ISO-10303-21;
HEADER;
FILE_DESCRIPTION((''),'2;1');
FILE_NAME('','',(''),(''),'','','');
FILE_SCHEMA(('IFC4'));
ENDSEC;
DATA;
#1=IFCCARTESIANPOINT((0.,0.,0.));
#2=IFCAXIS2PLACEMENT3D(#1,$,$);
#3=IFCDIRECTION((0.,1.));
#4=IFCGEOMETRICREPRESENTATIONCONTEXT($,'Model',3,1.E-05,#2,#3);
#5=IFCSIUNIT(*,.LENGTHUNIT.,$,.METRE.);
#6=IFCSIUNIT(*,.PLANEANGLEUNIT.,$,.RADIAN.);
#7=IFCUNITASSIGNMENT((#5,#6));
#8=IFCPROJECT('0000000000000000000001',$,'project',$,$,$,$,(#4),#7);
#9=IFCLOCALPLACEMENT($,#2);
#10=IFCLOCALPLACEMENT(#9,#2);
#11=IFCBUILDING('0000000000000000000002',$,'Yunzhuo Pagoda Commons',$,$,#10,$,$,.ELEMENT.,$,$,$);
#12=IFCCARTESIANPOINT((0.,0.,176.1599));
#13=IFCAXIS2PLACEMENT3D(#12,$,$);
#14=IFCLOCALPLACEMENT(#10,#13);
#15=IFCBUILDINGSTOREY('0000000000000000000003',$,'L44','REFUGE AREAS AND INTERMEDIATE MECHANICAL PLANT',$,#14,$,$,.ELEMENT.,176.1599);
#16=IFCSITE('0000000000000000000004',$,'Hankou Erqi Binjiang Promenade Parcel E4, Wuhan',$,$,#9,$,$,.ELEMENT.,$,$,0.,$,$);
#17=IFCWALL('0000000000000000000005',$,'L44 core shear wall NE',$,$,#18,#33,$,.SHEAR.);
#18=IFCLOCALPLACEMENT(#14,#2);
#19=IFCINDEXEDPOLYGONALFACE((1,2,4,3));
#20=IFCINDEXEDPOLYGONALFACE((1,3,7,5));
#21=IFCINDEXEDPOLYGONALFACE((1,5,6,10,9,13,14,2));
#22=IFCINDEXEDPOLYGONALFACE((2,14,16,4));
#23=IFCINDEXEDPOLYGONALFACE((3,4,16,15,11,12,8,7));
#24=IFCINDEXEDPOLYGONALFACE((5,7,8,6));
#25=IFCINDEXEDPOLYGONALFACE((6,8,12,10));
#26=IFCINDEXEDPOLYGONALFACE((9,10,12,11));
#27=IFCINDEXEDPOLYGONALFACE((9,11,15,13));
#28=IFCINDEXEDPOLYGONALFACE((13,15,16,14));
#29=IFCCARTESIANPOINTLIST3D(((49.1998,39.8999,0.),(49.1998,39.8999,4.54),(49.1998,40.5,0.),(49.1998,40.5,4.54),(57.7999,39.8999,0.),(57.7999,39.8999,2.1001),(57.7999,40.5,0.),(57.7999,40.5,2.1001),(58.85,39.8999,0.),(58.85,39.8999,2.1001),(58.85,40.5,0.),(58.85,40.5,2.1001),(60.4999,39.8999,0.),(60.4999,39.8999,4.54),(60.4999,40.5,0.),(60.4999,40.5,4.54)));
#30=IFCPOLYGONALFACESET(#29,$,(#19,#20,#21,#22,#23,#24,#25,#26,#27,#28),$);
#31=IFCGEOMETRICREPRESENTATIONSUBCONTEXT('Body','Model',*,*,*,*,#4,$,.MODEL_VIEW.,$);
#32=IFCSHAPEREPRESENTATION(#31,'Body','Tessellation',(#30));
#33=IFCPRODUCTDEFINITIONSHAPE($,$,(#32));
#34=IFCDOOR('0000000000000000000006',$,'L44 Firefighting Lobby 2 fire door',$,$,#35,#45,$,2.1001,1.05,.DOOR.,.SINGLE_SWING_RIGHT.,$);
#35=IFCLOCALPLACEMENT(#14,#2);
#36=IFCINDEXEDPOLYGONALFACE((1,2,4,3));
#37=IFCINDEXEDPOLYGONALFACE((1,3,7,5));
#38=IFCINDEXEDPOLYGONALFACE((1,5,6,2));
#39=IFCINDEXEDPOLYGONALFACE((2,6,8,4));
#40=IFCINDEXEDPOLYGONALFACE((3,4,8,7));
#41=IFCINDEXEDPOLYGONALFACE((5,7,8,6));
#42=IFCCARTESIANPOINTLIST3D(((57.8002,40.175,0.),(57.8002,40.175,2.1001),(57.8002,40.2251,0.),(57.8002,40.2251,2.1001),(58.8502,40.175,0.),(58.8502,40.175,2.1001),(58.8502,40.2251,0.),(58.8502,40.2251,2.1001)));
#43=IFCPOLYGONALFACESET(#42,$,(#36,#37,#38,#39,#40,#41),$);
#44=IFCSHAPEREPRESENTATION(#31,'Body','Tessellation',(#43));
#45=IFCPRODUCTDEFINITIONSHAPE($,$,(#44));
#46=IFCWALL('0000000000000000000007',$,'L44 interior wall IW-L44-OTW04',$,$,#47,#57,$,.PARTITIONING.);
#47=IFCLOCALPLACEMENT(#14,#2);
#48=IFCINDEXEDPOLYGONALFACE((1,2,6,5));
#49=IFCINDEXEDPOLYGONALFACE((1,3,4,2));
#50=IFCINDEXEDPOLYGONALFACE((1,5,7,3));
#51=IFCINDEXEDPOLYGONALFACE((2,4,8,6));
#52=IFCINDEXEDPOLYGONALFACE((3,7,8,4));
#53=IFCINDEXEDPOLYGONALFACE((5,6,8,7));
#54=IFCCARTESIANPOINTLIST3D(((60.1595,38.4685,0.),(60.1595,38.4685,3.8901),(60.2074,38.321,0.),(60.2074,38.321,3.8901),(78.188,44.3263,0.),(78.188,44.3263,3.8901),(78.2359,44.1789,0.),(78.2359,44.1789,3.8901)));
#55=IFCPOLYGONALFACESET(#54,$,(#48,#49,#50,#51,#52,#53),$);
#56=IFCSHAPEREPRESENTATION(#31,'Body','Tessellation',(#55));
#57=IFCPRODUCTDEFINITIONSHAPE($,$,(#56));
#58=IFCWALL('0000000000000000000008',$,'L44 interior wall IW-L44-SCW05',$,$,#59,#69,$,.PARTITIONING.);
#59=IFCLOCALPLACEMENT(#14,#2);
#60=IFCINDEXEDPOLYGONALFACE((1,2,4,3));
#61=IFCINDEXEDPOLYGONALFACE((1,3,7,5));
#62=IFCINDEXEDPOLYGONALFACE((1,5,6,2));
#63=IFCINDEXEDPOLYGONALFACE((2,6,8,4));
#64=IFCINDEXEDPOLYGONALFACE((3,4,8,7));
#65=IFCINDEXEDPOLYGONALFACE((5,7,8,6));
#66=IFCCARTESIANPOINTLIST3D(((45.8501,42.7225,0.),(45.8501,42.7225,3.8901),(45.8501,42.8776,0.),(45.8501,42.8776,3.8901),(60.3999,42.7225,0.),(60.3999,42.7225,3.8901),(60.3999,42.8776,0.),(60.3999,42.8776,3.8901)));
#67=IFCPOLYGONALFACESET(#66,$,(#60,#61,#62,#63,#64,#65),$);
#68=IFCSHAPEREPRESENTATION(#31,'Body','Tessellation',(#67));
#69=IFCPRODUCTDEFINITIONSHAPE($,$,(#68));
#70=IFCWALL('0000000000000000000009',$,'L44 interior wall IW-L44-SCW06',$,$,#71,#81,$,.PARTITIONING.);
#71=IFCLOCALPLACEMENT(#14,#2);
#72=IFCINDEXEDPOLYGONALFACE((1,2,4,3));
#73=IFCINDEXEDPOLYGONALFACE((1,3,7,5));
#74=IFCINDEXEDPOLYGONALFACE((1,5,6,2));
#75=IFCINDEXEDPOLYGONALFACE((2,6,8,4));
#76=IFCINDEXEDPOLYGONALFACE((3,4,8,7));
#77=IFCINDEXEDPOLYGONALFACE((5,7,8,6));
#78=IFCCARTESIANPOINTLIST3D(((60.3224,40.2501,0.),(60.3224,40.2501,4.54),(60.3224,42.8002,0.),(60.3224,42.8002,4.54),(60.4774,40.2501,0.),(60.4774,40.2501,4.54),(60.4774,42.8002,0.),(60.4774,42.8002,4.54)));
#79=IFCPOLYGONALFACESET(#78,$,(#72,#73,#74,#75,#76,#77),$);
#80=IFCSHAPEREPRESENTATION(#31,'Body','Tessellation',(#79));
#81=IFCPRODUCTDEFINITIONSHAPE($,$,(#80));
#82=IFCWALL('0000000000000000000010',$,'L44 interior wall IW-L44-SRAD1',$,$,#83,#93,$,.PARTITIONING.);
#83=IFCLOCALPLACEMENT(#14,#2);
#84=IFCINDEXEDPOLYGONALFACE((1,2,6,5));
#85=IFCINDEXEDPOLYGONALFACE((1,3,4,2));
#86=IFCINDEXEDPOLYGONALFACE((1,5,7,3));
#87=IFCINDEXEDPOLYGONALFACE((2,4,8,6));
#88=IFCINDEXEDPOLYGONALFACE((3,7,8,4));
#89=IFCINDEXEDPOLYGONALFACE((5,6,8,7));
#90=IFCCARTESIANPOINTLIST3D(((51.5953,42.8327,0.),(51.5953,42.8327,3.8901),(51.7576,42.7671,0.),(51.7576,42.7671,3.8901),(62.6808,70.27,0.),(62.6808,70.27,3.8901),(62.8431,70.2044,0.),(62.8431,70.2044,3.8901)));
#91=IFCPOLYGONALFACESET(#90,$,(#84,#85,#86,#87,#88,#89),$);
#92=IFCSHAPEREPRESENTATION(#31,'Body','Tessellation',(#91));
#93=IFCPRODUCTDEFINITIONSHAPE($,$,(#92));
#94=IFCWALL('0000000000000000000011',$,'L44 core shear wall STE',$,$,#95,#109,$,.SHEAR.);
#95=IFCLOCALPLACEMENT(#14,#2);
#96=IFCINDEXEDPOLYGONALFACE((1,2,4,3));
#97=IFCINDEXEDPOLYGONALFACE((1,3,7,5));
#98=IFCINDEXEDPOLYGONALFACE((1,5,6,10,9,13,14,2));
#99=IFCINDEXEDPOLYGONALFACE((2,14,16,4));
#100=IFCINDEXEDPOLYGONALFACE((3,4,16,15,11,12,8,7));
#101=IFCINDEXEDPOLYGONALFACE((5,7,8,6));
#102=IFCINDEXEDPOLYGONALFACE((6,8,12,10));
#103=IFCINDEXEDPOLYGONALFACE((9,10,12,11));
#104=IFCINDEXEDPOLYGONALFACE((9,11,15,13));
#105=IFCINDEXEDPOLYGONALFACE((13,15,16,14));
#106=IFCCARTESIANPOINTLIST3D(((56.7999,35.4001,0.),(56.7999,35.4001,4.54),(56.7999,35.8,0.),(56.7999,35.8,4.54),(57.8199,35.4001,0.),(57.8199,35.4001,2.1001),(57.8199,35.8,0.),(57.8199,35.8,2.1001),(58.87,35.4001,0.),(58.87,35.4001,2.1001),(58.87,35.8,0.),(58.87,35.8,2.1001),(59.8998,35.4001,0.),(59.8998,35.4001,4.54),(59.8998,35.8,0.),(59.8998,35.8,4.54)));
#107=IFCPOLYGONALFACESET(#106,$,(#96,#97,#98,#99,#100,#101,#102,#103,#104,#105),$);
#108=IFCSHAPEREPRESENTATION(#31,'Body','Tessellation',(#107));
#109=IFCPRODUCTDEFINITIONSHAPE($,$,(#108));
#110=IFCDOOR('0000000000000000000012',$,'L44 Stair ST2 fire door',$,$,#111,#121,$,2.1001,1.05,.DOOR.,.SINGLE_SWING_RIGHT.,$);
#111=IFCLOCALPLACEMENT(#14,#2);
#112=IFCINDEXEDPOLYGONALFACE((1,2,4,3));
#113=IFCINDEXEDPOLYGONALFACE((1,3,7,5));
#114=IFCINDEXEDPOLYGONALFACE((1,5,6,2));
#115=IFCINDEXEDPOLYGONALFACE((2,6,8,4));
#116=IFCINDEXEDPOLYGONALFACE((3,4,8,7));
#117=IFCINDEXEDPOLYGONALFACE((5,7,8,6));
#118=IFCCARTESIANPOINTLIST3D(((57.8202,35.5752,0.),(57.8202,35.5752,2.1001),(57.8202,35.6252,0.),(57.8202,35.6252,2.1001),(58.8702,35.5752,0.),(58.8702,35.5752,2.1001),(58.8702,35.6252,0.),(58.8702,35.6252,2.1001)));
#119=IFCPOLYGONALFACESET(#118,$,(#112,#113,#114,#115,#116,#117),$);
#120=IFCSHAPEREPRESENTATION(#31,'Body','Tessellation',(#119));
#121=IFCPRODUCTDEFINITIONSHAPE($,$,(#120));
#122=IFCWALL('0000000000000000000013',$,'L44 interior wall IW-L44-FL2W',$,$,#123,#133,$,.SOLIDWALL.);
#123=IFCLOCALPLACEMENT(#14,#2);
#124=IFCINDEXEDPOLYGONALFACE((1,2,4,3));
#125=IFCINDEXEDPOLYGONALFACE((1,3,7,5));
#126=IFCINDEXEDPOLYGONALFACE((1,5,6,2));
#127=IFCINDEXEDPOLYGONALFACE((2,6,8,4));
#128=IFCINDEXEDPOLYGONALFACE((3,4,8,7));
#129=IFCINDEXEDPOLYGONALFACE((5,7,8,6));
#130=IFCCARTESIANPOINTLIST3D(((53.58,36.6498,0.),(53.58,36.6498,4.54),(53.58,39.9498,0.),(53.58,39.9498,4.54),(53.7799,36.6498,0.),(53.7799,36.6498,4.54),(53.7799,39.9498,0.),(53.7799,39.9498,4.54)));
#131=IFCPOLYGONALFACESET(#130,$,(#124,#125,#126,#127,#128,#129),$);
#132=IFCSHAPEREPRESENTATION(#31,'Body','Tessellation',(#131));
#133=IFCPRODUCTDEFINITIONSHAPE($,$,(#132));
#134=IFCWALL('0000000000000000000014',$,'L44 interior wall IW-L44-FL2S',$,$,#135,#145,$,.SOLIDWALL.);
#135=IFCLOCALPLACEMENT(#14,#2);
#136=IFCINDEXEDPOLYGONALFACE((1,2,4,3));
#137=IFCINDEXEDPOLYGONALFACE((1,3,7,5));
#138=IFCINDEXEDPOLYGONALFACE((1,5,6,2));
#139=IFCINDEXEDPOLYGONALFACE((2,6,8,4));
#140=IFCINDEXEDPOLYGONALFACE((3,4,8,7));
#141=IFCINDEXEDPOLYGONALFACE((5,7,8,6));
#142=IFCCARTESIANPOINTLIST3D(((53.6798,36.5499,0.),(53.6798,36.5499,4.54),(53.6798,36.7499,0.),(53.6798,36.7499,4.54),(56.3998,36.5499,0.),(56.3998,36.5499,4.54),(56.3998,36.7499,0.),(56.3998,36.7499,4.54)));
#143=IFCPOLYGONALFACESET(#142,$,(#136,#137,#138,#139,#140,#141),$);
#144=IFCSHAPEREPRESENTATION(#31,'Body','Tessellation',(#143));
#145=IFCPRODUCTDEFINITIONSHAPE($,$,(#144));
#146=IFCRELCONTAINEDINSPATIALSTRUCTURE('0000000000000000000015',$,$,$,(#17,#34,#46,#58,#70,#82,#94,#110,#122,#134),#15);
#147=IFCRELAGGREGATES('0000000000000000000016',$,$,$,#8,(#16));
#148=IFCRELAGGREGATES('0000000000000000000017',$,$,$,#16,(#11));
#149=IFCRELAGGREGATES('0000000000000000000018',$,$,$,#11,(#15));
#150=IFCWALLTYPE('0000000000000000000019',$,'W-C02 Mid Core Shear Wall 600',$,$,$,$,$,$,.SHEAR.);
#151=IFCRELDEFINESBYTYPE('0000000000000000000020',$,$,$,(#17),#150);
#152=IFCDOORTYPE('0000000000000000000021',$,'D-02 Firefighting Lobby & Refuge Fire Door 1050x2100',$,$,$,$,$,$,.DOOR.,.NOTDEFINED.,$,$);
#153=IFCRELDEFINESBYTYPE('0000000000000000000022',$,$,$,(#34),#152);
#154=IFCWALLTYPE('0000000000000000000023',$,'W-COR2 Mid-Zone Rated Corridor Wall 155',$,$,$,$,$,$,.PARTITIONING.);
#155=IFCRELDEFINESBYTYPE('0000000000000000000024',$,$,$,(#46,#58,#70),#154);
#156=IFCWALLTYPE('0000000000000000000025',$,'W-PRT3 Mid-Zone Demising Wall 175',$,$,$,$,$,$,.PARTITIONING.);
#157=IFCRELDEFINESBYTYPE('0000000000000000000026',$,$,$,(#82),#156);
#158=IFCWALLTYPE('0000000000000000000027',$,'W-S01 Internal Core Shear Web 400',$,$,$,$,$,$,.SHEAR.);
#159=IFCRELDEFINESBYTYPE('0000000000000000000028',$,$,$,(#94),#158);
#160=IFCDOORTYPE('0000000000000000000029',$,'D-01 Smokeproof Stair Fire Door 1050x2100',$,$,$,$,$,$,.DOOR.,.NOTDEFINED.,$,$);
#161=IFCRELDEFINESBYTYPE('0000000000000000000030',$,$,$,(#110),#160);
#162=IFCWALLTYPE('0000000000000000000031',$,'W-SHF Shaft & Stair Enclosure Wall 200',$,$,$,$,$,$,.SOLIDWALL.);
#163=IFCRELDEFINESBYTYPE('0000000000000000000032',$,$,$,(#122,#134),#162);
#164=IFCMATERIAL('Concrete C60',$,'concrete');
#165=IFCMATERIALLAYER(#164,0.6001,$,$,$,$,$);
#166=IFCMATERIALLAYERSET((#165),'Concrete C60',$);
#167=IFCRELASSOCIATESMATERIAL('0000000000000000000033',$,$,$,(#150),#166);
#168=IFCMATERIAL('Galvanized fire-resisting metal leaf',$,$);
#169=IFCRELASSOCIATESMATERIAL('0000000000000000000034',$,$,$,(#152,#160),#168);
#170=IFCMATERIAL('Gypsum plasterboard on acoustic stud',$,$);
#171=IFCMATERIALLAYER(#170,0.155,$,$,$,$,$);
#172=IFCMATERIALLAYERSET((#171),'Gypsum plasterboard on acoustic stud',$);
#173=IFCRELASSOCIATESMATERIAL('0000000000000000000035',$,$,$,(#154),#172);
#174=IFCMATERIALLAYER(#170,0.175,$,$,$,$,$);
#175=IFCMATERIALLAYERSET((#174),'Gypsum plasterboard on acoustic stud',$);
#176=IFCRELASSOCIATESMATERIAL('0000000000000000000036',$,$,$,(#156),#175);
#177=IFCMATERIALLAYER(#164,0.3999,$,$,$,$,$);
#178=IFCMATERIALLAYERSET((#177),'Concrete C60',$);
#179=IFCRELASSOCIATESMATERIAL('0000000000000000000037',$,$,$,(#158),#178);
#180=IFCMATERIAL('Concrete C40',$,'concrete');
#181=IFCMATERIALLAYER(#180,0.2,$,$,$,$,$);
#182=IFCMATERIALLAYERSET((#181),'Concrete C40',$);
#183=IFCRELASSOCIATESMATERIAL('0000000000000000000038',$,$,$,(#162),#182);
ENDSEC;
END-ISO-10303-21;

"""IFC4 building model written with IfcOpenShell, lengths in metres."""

from ifc_helpers import new_model, si_unit, direction, frame, frame_2d, origin, place, context, subcontext, project, spatial, rectangle, extrude, source, transform, mapped, material, layer, layer_set, type_object, element, fill, save


model = new_model("IFC4")

# Units and contexts
model_context = context("Model", 3, precision=1e-05, world=origin(), true_north=direction((0.0, 1.0)))
body_context = subcontext(model_context, "Body", "Model", "MODEL_VIEW")
ifc_project = project(units=[si_unit("LENGTHUNIT", "METRE"), si_unit("PLANEANGLEUNIT", "RADIAN")], contexts=[model_context])

# Site, building, storey
site_placement = place(None, origin())
site = spatial("IfcSite", under=ifc_project, at=site_placement, Name="Hankou Erqi Binjiang Promenade Parcel E4, Wuhan", CompositionType="ELEMENT", RefElevation=0.0)
building_placement = place(site_placement, origin())
building = spatial("IfcBuilding", under=site, at=building_placement, Name="Yunzhuo Pagoda Commons", CompositionType="ELEMENT")
storey_placement = place(building_placement, frame((0.0, 0.0, 176.1599)))
storey = spatial("IfcBuildingStorey", under=building, at=storey_placement, Name="L44", Description="REFUGE AREAS AND INTERMEDIATE MECHANICAL PLANT", CompositionType="ELEMENT", Elevation=176.1599)

# Wall, opening, door
ifc_material_1 = material(Name="Concrete C60", Category="concrete")
ifc_layer_1 = layer(ifc_material_1, 0.6001)
ifc_layer_set_1 = layer_set([ifc_layer_1], Name="Concrete C60")
wall_type_1 = type_object("IfcWallType", Name="W-C02 Mid Core Shear Wall 600", PredefinedType="SHEAR", material=ifc_layer_set_1)
wall_1_placement = place(storey_placement, frame((49.2, 40.2, 0.0), z_axis=(0.0, 0.0, 1.0), x_axis=(1.0, 0.0, 0.0)))
wall_1 = element("IfcWall", 1, at=wall_1_placement, inside=storey, type_object=wall_type_1, Name="L44 core shear wall NE", PredefinedType="SHEAR", context=body_context, shape_type="SweptSolid", body=[
    extrude(rectangle(XDim=11.3, YDim=0.6001, at=frame_2d((5.6499, 0.0))), origin(), (0.0, 0.0, 1.0), 4.54),
])
opening_1_placement = place(wall_1_placement, frame((8.6001, 0.0, 0.0)))
opening_1 = element("IfcOpeningElement", 2, at=opening_1_placement, cuts=wall_1, PredefinedType="OPENING", context=body_context, shape_type="SweptSolid", body=[
    extrude(rectangle(XDim=1.05, YDim=2.1001, at=frame_2d((0.5249, 1.05))), frame((0.0, 0.3101, 0.0), z_axis=(0.0, -1.0, 0.0), x_axis=(1.0, 0.0, 0.0)), (0.0, 0.0, 1.0), 0.6201),
])
ifc_material_2 = material(Name="Galvanized fire-resisting metal leaf")
door_type_1 = type_object("IfcDoorType", Name="D-02 Firefighting Lobby & Refuge Fire Door 1050x2100", OperationType="NOTDEFINED", PredefinedType="DOOR", material=ifc_material_2)
shared_shape_1 = source(origin(), body_context, "Body", "SweptSolid", [
    extrude(rectangle(XDim=1.05, YDim=2.1001, at=frame_2d((0.5249, 1.05))), frame((0.0, 0.0249, 0.0), z_axis=(0.0, -1.0, 0.0), x_axis=(1.0, 0.0, 0.0)), (0.0, 0.0, 1.0), 0.05),
])
door_1_placement = place(opening_1_placement, frame((1.05, 0.0, 0.0), z_axis=(0.0, 0.0, 1.0), x_axis=(-1.0, 0.0, 0.0)))
door_1 = element("IfcDoor", 3, at=door_1_placement, inside=storey, type_object=door_type_1, Name="L44 Firefighting Lobby 2 fire door", OperationType="SINGLE_SWING_RIGHT", OverallHeight=2.1001, OverallWidth=1.05, PredefinedType="DOOR", context=body_context, shape_type="MappedRepresentation", body=[
    mapped(shared_shape_1, transform((0.0, 0.0, 0.0), scale=1.0)),
])
fill(opening_1, door_1)

# Walls
ifc_material_3 = material(Name="Gypsum plasterboard on acoustic stud")
ifc_layer_2 = layer(ifc_material_3, 0.155)
ifc_layer_set_2 = layer_set([ifc_layer_2], Name="Gypsum plasterboard on acoustic stud")
wall_type_2 = type_object("IfcWallType", Name="W-COR2 Mid-Zone Rated Corridor Wall 155", PredefinedType="PARTITIONING", material=ifc_layer_set_2)
wall_2_placement = place(storey_placement, frame((60.1836, 38.3948, 0.0), z_axis=(0.0, 0.0, 1.0), x_axis=(0.951055, 0.309021, 0.0)))
element("IfcWall", 4, at=wall_2_placement, inside=storey, type_object=wall_type_2, Name="L44 interior wall IW-L44-OTW04", PredefinedType="PARTITIONING", context=body_context, shape_type="SweptSolid", body=[
    extrude(rectangle(XDim=18.9563, YDim=0.155, at=frame_2d((9.478, 0.0))), origin(), (0.0, 0.0, 1.0), 3.8901),
])
wall_3_placement = place(storey_placement, frame((45.8501, 42.8, 0.0), z_axis=(0.0, 0.0, 1.0), x_axis=(1.0, 0.0, 0.0)))
element("IfcWall", 5, at=wall_3_placement, inside=storey, type_object=wall_type_2, Name="L44 interior wall IW-L44-SCW05", PredefinedType="PARTITIONING", context=body_context, shape_type="SweptSolid", body=[
    extrude(rectangle(XDim=14.5498, YDim=0.155, at=frame_2d((7.2749, 0.0))), origin(), (0.0, 0.0, 1.0), 3.8901),
])
wall_4_placement = place(storey_placement, frame((60.3999, 42.8, 0.0), z_axis=(0.0, 0.0, 1.0), x_axis=(0.0, -1.0, 0.0)))
element("IfcWall", 6, at=wall_4_placement, inside=storey, type_object=wall_type_2, Name="L44 interior wall IW-L44-SCW06", PredefinedType="PARTITIONING", context=body_context, shape_type="SweptSolid", body=[
    extrude(rectangle(XDim=2.55, YDim=0.155, at=frame_2d((1.2749, 0.0))), origin(), (0.0, 0.0, 1.0), 4.54),
])
ifc_layer_3 = layer(ifc_material_3, 0.175)
ifc_layer_set_3 = layer_set([ifc_layer_3], Name="Gypsum plasterboard on acoustic stud")
wall_type_3 = type_object("IfcWallType", Name="W-PRT3 Mid-Zone Demising Wall 175", PredefinedType="PARTITIONING", material=ifc_layer_set_3)
wall_5_placement = place(storey_placement, frame((51.6765, 42.8, 0.0), z_axis=(0.0, 0.0, 1.0), x_axis=(0.374609, 0.927183, 0.0)))
element("IfcWall", 7, at=wall_5_placement, inside=storey, type_object=wall_type_3, Name="L44 interior wall IW-L44-SRAD1", PredefinedType="PARTITIONING", context=body_context, shape_type="SweptSolid", body=[
    extrude(rectangle(XDim=29.592, YDim=0.175, at=frame_2d((14.7959, 0.0))), origin(), (0.0, 0.0, 1.0), 3.8901),
])

# Wall, opening, door
ifc_layer_4 = layer(ifc_material_1, 0.3999)
ifc_layer_set_4 = layer_set([ifc_layer_4], Name="Concrete C60")
wall_type_4 = type_object("IfcWallType", Name="W-S01 Internal Core Shear Web 400", PredefinedType="SHEAR", material=ifc_layer_set_4)
wall_6_placement = place(storey_placement, frame((56.8, 35.6001, 0.0), z_axis=(0.0, 0.0, 1.0), x_axis=(1.0, 0.0, 0.0)))
wall_6 = element("IfcWall", 8, at=wall_6_placement, inside=storey, type_object=wall_type_4, Name="L44 core shear wall STE", PredefinedType="SHEAR", context=body_context, shape_type="SweptSolid", body=[
    extrude(rectangle(XDim=3.0999, YDim=0.3999, at=frame_2d((1.5498, 0.0))), origin(), (0.0, 0.0, 1.0), 4.54),
])
opening_2_placement = place(wall_6_placement, frame((1.02, 0.0, 0.0)))
opening_2 = element("IfcOpeningElement", 9, at=opening_2_placement, cuts=wall_6, PredefinedType="OPENING", context=body_context, shape_type="SweptSolid", body=[
    extrude(rectangle(XDim=1.05, YDim=2.1001, at=frame_2d((0.5249, 1.05))), frame((0.0, 0.21, 0.0), z_axis=(0.0, -1.0, 0.0), x_axis=(1.0, 0.0, 0.0)), (0.0, 0.0, 1.0), 0.4199),
])
door_type_2 = type_object("IfcDoorType", Name="D-01 Smokeproof Stair Fire Door 1050x2100", OperationType="NOTDEFINED", PredefinedType="DOOR", material=ifc_material_2)
door_2_placement = place(opening_2_placement, frame((1.05, 0.0, 0.0), z_axis=(0.0, 0.0, 1.0), x_axis=(-1.0, 0.0, 0.0)))
door_2 = element("IfcDoor", 10, at=door_2_placement, inside=storey, type_object=door_type_2, Name="L44 Stair ST2 fire door", OperationType="SINGLE_SWING_RIGHT", OverallHeight=2.1001, OverallWidth=1.05, PredefinedType="DOOR", context=body_context, shape_type="MappedRepresentation", body=[
    mapped(shared_shape_1, transform((0.0, 0.0, 0.0), scale=1.0)),
])
fill(opening_2, door_2)

# Walls
ifc_material_4 = material(Name="Concrete C40", Category="concrete")
ifc_layer_5 = layer(ifc_material_4, 0.2)
ifc_layer_set_5 = layer_set([ifc_layer_5], Name="Concrete C40")
wall_type_5 = type_object("IfcWallType", Name="W-SHF Shaft & Stair Enclosure Wall 200", PredefinedType="SOLIDWALL", material=ifc_layer_set_5)
wall_7_placement = place(storey_placement, frame((53.6799, 36.6499, 0.0), z_axis=(0.0, 0.0, 1.0), x_axis=(0.0, 1.0, 0.0)))
element("IfcWall", 11, at=wall_7_placement, inside=storey, type_object=wall_type_5, Name="L44 interior wall IW-L44-FL2W", PredefinedType="SOLIDWALL", context=body_context, shape_type="SweptSolid", body=[
    extrude(rectangle(XDim=3.3, YDim=0.2, at=frame_2d((1.6499, 0.0))), origin(), (0.0, 0.0, 1.0), 4.54),
])
wall_8_placement = place(storey_placement, frame((53.6799, 36.6499, 0.0), z_axis=(0.0, 0.0, 1.0), x_axis=(1.0, 0.0, 0.0)))
element("IfcWall", 12, at=wall_8_placement, inside=storey, type_object=wall_type_5, Name="L44 interior wall IW-L44-FL2S", PredefinedType="SOLIDWALL", context=body_context, shape_type="SweptSolid", body=[
    extrude(rectangle(XDim=2.72, YDim=0.2, at=frame_2d((1.3599, 0.0))), origin(), (0.0, 0.0, 1.0), 4.54),
])

save(model, "model.ifc")
